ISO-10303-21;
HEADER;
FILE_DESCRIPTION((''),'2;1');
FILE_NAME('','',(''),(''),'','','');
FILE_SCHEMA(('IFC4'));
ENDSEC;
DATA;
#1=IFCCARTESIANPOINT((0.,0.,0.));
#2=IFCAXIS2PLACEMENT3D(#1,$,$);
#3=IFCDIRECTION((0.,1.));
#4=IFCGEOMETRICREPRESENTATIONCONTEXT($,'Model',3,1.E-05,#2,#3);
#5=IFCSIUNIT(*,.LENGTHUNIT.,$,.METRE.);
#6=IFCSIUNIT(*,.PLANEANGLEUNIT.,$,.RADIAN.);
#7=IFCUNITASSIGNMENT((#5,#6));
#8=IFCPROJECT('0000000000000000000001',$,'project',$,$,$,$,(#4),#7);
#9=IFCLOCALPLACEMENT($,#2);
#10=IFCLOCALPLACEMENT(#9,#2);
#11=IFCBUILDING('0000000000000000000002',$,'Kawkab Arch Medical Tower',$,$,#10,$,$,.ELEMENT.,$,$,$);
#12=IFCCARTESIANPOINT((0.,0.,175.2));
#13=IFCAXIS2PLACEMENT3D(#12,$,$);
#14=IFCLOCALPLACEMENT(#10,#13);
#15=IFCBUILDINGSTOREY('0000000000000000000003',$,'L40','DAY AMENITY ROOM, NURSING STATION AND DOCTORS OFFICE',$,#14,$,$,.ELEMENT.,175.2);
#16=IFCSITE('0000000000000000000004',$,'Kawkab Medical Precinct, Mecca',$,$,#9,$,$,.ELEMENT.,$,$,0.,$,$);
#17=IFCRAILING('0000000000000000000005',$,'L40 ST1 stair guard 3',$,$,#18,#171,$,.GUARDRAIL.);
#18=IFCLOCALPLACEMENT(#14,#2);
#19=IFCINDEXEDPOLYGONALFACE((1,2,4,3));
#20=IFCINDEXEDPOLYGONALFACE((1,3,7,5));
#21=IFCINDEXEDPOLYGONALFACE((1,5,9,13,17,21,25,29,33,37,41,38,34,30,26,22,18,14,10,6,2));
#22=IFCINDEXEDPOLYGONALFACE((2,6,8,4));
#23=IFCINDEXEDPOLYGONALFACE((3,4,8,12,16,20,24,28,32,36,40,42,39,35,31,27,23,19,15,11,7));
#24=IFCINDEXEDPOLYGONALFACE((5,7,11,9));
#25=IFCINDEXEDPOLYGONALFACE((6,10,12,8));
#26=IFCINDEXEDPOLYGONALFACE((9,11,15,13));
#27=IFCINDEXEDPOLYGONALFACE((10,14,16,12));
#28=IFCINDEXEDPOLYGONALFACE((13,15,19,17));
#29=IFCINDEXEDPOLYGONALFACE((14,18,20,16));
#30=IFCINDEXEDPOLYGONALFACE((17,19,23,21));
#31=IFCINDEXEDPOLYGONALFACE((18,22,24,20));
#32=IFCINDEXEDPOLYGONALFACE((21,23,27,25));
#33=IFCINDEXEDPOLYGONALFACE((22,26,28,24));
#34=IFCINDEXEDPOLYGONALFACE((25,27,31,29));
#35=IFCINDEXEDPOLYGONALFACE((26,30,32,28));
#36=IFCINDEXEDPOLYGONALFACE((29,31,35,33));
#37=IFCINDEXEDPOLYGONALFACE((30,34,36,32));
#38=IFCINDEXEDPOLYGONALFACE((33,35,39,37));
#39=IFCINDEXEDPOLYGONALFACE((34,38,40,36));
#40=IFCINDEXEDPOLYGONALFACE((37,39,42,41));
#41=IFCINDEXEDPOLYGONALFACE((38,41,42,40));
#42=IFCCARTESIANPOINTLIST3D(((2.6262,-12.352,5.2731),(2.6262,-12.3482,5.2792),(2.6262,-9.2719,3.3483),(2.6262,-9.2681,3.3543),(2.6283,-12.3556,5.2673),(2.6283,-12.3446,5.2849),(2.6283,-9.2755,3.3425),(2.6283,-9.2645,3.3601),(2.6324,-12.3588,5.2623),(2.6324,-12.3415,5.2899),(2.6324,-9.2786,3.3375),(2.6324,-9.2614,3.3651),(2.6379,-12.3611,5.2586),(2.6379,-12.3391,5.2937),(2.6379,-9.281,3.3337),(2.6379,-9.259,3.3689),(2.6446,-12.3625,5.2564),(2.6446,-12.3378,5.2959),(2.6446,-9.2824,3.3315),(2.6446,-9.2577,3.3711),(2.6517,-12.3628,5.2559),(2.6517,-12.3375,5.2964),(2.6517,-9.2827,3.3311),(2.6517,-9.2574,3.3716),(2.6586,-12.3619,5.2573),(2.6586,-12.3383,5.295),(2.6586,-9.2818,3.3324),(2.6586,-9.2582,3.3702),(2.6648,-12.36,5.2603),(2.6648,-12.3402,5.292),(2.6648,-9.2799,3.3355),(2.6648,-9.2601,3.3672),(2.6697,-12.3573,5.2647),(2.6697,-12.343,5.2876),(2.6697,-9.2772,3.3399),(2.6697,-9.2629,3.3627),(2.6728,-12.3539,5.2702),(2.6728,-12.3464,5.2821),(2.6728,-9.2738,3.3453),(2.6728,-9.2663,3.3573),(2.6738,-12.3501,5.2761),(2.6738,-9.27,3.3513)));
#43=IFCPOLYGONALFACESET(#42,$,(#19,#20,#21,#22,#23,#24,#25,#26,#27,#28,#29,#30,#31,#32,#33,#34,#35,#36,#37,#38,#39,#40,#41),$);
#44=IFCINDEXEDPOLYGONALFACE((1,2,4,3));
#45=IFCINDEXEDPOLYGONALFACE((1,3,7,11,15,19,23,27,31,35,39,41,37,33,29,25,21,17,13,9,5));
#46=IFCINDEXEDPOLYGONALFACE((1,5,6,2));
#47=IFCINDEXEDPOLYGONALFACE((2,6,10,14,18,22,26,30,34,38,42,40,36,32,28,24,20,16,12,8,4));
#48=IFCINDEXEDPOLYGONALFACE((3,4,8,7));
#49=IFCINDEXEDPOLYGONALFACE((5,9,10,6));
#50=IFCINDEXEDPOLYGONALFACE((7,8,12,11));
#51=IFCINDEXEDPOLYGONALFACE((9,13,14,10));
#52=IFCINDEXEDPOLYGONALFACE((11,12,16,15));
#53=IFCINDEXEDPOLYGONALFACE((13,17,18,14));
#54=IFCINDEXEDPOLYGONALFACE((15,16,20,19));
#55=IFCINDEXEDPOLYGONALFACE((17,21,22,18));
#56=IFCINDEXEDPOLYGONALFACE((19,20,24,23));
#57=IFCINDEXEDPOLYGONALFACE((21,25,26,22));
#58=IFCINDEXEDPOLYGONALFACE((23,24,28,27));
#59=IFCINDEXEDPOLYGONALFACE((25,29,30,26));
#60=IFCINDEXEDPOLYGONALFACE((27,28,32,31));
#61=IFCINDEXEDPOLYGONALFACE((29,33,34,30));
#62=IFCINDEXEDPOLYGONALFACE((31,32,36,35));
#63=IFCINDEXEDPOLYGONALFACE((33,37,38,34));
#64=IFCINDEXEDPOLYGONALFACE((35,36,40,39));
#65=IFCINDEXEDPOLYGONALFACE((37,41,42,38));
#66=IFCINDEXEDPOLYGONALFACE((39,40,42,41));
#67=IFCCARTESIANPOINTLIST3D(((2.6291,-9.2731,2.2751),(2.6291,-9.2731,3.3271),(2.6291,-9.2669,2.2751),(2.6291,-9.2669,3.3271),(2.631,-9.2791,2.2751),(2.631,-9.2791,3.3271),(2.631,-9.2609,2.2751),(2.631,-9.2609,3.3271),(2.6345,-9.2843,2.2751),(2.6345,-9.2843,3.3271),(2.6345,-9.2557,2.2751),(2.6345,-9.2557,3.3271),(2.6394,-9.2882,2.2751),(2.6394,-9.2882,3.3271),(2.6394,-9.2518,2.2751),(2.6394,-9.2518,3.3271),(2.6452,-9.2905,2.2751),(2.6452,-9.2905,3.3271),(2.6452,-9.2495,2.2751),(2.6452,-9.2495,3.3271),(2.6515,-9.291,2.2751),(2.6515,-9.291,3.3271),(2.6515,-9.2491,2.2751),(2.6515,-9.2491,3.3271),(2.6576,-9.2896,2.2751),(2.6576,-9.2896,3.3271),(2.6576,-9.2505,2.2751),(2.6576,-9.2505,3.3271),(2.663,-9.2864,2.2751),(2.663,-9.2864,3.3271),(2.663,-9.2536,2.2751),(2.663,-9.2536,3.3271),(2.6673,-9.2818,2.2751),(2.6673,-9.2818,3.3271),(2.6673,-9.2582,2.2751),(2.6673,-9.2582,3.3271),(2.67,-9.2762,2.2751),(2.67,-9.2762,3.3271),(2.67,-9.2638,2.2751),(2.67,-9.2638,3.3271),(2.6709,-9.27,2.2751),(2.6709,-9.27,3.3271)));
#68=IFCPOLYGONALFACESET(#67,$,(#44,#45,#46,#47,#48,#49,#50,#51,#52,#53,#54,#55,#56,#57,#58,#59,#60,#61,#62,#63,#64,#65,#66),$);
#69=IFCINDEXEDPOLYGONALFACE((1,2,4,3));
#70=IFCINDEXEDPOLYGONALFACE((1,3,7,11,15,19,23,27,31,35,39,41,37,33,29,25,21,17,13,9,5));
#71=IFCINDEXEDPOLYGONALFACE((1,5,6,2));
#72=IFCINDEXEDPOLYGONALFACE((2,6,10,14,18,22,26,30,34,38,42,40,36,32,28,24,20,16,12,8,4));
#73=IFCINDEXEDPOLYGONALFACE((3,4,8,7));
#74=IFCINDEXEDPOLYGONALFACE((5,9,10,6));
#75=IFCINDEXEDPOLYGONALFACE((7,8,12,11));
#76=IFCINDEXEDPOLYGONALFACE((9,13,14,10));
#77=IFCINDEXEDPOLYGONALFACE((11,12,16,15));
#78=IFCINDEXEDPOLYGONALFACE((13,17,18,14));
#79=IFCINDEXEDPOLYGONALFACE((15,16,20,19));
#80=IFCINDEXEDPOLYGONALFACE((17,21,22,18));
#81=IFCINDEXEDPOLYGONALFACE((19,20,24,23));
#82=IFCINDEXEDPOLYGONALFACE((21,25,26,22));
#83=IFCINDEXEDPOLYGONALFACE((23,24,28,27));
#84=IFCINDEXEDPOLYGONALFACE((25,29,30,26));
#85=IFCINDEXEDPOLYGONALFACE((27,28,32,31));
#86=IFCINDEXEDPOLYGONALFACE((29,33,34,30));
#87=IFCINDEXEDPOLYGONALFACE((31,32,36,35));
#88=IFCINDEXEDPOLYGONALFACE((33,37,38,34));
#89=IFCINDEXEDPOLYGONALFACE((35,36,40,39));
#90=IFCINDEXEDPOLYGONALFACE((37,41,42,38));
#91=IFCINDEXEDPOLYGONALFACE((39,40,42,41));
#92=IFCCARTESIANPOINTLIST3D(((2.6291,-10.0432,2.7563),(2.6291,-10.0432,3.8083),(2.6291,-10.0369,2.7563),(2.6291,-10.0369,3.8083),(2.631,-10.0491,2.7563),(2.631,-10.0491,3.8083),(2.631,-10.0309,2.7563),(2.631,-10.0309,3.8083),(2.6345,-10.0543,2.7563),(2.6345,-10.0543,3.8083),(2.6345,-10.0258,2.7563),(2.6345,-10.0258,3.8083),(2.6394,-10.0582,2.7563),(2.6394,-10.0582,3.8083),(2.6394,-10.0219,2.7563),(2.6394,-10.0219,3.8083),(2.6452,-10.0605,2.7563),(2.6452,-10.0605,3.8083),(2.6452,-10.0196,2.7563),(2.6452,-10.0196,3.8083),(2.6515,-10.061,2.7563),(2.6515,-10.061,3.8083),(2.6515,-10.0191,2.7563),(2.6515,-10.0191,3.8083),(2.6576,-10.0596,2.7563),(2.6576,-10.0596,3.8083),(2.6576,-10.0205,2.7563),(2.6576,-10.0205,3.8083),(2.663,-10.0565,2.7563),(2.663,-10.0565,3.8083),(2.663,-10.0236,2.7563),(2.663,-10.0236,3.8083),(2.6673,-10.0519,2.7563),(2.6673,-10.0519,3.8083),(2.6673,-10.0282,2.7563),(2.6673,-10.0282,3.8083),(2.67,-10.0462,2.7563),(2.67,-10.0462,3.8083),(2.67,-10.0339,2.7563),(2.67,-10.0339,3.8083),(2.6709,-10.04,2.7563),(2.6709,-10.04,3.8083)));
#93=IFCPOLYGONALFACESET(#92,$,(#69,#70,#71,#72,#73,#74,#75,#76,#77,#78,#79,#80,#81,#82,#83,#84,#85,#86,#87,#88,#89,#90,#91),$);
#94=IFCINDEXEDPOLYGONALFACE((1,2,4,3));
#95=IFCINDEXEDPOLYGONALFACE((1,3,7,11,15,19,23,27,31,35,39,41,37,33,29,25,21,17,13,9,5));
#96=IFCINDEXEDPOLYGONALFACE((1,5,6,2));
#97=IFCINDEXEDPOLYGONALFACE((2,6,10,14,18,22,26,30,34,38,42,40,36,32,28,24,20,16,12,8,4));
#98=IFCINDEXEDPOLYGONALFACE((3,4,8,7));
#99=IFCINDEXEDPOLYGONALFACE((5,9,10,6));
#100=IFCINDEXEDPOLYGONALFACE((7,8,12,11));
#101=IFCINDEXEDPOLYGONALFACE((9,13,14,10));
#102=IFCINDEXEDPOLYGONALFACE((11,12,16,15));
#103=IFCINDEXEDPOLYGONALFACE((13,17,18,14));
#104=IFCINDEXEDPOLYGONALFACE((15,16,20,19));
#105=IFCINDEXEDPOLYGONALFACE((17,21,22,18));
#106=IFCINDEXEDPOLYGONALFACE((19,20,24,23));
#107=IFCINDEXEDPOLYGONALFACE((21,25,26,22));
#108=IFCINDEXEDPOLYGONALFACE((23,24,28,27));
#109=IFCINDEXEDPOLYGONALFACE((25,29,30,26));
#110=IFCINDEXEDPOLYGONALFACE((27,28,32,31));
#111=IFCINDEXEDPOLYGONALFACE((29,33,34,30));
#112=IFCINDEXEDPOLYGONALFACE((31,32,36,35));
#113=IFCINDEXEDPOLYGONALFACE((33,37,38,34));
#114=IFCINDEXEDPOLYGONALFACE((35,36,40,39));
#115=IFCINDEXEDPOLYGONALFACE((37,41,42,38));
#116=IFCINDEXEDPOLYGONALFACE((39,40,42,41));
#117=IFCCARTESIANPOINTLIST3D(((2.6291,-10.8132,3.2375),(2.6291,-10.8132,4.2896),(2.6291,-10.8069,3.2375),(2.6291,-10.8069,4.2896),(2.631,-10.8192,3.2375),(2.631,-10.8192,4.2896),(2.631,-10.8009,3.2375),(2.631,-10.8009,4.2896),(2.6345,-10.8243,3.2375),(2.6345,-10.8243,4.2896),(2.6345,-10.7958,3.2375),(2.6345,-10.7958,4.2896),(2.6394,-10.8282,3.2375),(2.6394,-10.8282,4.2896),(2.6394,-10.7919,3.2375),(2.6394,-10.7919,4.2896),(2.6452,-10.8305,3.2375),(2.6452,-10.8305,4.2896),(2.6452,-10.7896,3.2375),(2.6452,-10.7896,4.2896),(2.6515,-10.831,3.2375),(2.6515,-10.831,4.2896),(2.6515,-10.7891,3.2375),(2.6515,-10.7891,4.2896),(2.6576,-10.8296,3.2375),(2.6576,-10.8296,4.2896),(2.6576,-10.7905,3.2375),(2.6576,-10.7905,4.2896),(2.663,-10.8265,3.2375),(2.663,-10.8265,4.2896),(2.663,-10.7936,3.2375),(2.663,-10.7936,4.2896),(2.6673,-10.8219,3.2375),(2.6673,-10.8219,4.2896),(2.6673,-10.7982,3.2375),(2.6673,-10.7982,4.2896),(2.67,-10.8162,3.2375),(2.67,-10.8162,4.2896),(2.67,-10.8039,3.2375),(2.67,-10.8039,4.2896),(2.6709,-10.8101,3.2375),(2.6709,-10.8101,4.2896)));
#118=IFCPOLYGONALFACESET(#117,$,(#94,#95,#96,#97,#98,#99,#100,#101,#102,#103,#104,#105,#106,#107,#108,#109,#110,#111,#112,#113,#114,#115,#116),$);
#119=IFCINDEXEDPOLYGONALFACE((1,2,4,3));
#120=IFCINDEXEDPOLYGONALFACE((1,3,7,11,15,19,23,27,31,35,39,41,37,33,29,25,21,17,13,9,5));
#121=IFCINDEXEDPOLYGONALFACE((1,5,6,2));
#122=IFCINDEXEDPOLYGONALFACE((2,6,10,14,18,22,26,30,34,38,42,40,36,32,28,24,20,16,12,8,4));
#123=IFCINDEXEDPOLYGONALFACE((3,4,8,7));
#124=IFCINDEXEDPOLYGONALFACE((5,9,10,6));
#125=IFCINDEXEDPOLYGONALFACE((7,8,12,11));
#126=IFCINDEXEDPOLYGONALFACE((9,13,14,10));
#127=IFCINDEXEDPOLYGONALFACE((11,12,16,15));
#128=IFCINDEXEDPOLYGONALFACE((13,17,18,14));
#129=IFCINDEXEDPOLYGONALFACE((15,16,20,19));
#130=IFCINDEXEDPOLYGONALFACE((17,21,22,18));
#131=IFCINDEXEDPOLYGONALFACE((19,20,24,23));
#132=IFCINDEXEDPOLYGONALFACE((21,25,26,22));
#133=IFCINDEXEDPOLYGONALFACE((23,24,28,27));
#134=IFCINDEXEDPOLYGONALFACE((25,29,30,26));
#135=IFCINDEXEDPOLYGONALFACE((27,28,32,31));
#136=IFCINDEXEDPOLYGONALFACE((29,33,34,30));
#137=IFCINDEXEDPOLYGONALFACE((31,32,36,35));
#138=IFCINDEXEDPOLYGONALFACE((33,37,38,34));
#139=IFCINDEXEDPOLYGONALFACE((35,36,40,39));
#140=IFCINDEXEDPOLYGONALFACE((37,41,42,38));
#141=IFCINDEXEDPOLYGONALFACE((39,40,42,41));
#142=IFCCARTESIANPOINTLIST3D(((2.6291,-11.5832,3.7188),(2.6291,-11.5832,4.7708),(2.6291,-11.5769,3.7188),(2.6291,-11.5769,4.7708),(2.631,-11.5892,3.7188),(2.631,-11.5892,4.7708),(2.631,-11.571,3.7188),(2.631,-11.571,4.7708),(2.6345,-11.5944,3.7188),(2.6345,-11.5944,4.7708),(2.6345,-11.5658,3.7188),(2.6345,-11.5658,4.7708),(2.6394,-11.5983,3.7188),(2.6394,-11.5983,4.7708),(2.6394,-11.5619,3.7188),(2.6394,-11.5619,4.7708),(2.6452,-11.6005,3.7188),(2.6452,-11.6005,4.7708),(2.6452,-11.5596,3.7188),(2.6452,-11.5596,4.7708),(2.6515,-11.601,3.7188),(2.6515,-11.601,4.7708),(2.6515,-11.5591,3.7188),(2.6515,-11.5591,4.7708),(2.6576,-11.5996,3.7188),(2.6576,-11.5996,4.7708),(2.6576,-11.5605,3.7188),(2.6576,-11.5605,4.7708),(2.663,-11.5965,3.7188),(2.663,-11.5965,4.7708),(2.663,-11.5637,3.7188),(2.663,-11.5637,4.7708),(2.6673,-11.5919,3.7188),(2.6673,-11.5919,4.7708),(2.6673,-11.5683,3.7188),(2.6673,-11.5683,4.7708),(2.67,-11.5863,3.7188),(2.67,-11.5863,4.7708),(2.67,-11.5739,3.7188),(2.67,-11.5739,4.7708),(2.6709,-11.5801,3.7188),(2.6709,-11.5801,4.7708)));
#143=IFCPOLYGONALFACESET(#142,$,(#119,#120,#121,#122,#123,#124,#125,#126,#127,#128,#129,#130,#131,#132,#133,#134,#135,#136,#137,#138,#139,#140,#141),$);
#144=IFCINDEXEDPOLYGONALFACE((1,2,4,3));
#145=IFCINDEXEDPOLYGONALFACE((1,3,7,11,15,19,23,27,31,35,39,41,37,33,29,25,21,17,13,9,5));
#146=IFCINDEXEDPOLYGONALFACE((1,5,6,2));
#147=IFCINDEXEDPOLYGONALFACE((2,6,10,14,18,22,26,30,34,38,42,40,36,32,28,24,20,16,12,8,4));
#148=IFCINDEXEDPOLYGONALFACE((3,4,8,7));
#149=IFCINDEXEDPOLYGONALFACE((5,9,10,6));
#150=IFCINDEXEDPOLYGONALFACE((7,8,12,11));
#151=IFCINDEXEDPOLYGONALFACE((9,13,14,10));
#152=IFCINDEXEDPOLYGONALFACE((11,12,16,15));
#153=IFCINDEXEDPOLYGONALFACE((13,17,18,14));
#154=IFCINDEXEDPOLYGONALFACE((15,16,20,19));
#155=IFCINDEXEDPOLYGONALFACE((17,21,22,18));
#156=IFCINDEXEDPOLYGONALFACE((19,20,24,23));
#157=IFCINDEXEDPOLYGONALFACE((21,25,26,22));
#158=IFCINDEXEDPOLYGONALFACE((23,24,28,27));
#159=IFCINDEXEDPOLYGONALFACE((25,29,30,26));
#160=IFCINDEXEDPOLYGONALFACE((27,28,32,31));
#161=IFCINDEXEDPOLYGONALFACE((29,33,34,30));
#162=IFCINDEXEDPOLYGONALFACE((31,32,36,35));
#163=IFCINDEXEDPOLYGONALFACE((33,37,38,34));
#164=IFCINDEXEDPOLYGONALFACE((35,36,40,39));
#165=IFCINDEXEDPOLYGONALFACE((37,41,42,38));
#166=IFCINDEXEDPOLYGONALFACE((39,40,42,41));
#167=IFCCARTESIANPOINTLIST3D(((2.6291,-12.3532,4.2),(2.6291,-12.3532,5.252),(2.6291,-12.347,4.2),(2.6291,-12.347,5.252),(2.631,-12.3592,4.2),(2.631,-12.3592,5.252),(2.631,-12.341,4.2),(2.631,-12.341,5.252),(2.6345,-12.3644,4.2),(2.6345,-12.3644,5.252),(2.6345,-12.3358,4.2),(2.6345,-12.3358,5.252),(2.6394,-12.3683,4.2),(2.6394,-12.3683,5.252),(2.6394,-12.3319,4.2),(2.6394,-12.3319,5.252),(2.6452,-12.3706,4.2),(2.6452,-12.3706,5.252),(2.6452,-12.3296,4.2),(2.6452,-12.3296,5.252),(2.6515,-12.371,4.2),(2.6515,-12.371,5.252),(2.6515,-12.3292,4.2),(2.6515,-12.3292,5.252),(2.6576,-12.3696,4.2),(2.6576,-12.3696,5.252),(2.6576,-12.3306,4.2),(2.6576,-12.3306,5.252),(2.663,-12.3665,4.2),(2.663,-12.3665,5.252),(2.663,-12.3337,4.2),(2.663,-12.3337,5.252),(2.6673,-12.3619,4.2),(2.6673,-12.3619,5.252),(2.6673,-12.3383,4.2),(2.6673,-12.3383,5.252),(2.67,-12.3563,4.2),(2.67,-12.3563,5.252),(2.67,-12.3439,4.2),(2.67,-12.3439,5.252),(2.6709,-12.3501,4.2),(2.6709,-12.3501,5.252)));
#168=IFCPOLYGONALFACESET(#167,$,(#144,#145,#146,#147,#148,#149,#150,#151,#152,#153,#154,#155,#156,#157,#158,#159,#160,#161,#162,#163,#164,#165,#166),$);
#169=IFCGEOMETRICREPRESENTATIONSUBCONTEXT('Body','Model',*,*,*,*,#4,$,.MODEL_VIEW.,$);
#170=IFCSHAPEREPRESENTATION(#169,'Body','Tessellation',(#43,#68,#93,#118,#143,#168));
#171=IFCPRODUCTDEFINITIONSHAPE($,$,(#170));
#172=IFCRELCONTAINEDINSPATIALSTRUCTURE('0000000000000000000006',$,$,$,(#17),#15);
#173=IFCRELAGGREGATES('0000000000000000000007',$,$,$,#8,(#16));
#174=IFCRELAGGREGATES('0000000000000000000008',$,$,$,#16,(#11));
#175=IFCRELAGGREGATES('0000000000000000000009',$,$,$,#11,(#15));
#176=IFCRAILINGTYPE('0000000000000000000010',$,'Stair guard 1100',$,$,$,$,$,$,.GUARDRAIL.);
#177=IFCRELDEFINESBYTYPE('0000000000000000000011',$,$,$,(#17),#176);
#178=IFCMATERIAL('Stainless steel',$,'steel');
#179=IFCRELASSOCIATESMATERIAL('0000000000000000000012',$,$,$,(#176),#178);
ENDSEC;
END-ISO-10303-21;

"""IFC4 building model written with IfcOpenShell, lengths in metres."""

from ifc_helpers import new_model, si_unit, direction, frame, origin, origin_2d, place, context, subcontext, project, spatial, circle, extrude, material, type_object, element, save


model = new_model("IFC4")

# Units and contexts
model_context = context("Model", 3, precision=1e-05, world=origin(), true_north=direction((0.0, 1.0)))
body_context = subcontext(model_context, "Body", "Model", "MODEL_VIEW")
ifc_project = project(units=[si_unit("LENGTHUNIT", "METRE"), si_unit("PLANEANGLEUNIT", "RADIAN")], contexts=[model_context])

# Site, building, storey
site_placement = place(None, origin())
site = spatial("IfcSite", under=ifc_project, at=site_placement, Name="Kawkab Medical Precinct, Mecca", CompositionType="ELEMENT", RefElevation=0.0)
building_placement = place(site_placement, origin())
building = spatial("IfcBuilding", under=site, at=building_placement, Name="Kawkab Arch Medical Tower", CompositionType="ELEMENT")
storey_placement = place(building_placement, frame((0.0, 0.0, 175.2)))
storey = spatial("IfcBuildingStorey", under=building, at=storey_placement, Name="L40", Description="DAY AMENITY ROOM, NURSING STATION AND DOCTORS OFFICE", CompositionType="ELEMENT", Elevation=175.2)

# Railing
ifc_material_1 = material(Name="Stainless steel", Category="steel")
railing_type_1 = type_object("IfcRailingType", Name="Stair guard 1100", PredefinedType="GUARDRAIL", material=ifc_material_1)
railing_1_placement = place(storey_placement, frame((2.6499, -9.27, 2.2751)))
element("IfcRailing", 1, at=railing_1_placement, inside=storey, type_object=railing_type_1, Name="L40 ST1 stair guard 3", PredefinedType="GUARDRAIL", context=body_context, shape_type="SweptSolid", body=[
    extrude(circle(Radius=0.0239, at=origin_2d()), frame((0.0, 0.0, 1.0762), z_axis=(0.0, -0.848029, 0.529951), x_axis=(1.0, 0.0, 0.0)), (0.0, 0.0, 1.0), 3.6321),
    extrude(circle(Radius=0.021, at=origin_2d()), origin(), (0.0, 0.0, 1.0), 1.052),
    extrude(circle(Radius=0.021, at=origin_2d()), frame((0.0, -0.77, 0.4812)), (0.0, 0.0, 1.0), 1.052),
    extrude(circle(Radius=0.021, at=origin_2d()), frame((0.0, -1.54, 0.9624)), (0.0, 0.0, 1.0), 1.052),
    extrude(circle(Radius=0.021, at=origin_2d()), frame((0.0, -2.3101, 1.4436)), (0.0, 0.0, 1.0), 1.052),
    extrude(circle(Radius=0.021, at=origin_2d()), frame((0.0, -3.0801, 1.9248)), (0.0, 0.0, 1.0), 1.052),
])

save(model, "model.ifc")
